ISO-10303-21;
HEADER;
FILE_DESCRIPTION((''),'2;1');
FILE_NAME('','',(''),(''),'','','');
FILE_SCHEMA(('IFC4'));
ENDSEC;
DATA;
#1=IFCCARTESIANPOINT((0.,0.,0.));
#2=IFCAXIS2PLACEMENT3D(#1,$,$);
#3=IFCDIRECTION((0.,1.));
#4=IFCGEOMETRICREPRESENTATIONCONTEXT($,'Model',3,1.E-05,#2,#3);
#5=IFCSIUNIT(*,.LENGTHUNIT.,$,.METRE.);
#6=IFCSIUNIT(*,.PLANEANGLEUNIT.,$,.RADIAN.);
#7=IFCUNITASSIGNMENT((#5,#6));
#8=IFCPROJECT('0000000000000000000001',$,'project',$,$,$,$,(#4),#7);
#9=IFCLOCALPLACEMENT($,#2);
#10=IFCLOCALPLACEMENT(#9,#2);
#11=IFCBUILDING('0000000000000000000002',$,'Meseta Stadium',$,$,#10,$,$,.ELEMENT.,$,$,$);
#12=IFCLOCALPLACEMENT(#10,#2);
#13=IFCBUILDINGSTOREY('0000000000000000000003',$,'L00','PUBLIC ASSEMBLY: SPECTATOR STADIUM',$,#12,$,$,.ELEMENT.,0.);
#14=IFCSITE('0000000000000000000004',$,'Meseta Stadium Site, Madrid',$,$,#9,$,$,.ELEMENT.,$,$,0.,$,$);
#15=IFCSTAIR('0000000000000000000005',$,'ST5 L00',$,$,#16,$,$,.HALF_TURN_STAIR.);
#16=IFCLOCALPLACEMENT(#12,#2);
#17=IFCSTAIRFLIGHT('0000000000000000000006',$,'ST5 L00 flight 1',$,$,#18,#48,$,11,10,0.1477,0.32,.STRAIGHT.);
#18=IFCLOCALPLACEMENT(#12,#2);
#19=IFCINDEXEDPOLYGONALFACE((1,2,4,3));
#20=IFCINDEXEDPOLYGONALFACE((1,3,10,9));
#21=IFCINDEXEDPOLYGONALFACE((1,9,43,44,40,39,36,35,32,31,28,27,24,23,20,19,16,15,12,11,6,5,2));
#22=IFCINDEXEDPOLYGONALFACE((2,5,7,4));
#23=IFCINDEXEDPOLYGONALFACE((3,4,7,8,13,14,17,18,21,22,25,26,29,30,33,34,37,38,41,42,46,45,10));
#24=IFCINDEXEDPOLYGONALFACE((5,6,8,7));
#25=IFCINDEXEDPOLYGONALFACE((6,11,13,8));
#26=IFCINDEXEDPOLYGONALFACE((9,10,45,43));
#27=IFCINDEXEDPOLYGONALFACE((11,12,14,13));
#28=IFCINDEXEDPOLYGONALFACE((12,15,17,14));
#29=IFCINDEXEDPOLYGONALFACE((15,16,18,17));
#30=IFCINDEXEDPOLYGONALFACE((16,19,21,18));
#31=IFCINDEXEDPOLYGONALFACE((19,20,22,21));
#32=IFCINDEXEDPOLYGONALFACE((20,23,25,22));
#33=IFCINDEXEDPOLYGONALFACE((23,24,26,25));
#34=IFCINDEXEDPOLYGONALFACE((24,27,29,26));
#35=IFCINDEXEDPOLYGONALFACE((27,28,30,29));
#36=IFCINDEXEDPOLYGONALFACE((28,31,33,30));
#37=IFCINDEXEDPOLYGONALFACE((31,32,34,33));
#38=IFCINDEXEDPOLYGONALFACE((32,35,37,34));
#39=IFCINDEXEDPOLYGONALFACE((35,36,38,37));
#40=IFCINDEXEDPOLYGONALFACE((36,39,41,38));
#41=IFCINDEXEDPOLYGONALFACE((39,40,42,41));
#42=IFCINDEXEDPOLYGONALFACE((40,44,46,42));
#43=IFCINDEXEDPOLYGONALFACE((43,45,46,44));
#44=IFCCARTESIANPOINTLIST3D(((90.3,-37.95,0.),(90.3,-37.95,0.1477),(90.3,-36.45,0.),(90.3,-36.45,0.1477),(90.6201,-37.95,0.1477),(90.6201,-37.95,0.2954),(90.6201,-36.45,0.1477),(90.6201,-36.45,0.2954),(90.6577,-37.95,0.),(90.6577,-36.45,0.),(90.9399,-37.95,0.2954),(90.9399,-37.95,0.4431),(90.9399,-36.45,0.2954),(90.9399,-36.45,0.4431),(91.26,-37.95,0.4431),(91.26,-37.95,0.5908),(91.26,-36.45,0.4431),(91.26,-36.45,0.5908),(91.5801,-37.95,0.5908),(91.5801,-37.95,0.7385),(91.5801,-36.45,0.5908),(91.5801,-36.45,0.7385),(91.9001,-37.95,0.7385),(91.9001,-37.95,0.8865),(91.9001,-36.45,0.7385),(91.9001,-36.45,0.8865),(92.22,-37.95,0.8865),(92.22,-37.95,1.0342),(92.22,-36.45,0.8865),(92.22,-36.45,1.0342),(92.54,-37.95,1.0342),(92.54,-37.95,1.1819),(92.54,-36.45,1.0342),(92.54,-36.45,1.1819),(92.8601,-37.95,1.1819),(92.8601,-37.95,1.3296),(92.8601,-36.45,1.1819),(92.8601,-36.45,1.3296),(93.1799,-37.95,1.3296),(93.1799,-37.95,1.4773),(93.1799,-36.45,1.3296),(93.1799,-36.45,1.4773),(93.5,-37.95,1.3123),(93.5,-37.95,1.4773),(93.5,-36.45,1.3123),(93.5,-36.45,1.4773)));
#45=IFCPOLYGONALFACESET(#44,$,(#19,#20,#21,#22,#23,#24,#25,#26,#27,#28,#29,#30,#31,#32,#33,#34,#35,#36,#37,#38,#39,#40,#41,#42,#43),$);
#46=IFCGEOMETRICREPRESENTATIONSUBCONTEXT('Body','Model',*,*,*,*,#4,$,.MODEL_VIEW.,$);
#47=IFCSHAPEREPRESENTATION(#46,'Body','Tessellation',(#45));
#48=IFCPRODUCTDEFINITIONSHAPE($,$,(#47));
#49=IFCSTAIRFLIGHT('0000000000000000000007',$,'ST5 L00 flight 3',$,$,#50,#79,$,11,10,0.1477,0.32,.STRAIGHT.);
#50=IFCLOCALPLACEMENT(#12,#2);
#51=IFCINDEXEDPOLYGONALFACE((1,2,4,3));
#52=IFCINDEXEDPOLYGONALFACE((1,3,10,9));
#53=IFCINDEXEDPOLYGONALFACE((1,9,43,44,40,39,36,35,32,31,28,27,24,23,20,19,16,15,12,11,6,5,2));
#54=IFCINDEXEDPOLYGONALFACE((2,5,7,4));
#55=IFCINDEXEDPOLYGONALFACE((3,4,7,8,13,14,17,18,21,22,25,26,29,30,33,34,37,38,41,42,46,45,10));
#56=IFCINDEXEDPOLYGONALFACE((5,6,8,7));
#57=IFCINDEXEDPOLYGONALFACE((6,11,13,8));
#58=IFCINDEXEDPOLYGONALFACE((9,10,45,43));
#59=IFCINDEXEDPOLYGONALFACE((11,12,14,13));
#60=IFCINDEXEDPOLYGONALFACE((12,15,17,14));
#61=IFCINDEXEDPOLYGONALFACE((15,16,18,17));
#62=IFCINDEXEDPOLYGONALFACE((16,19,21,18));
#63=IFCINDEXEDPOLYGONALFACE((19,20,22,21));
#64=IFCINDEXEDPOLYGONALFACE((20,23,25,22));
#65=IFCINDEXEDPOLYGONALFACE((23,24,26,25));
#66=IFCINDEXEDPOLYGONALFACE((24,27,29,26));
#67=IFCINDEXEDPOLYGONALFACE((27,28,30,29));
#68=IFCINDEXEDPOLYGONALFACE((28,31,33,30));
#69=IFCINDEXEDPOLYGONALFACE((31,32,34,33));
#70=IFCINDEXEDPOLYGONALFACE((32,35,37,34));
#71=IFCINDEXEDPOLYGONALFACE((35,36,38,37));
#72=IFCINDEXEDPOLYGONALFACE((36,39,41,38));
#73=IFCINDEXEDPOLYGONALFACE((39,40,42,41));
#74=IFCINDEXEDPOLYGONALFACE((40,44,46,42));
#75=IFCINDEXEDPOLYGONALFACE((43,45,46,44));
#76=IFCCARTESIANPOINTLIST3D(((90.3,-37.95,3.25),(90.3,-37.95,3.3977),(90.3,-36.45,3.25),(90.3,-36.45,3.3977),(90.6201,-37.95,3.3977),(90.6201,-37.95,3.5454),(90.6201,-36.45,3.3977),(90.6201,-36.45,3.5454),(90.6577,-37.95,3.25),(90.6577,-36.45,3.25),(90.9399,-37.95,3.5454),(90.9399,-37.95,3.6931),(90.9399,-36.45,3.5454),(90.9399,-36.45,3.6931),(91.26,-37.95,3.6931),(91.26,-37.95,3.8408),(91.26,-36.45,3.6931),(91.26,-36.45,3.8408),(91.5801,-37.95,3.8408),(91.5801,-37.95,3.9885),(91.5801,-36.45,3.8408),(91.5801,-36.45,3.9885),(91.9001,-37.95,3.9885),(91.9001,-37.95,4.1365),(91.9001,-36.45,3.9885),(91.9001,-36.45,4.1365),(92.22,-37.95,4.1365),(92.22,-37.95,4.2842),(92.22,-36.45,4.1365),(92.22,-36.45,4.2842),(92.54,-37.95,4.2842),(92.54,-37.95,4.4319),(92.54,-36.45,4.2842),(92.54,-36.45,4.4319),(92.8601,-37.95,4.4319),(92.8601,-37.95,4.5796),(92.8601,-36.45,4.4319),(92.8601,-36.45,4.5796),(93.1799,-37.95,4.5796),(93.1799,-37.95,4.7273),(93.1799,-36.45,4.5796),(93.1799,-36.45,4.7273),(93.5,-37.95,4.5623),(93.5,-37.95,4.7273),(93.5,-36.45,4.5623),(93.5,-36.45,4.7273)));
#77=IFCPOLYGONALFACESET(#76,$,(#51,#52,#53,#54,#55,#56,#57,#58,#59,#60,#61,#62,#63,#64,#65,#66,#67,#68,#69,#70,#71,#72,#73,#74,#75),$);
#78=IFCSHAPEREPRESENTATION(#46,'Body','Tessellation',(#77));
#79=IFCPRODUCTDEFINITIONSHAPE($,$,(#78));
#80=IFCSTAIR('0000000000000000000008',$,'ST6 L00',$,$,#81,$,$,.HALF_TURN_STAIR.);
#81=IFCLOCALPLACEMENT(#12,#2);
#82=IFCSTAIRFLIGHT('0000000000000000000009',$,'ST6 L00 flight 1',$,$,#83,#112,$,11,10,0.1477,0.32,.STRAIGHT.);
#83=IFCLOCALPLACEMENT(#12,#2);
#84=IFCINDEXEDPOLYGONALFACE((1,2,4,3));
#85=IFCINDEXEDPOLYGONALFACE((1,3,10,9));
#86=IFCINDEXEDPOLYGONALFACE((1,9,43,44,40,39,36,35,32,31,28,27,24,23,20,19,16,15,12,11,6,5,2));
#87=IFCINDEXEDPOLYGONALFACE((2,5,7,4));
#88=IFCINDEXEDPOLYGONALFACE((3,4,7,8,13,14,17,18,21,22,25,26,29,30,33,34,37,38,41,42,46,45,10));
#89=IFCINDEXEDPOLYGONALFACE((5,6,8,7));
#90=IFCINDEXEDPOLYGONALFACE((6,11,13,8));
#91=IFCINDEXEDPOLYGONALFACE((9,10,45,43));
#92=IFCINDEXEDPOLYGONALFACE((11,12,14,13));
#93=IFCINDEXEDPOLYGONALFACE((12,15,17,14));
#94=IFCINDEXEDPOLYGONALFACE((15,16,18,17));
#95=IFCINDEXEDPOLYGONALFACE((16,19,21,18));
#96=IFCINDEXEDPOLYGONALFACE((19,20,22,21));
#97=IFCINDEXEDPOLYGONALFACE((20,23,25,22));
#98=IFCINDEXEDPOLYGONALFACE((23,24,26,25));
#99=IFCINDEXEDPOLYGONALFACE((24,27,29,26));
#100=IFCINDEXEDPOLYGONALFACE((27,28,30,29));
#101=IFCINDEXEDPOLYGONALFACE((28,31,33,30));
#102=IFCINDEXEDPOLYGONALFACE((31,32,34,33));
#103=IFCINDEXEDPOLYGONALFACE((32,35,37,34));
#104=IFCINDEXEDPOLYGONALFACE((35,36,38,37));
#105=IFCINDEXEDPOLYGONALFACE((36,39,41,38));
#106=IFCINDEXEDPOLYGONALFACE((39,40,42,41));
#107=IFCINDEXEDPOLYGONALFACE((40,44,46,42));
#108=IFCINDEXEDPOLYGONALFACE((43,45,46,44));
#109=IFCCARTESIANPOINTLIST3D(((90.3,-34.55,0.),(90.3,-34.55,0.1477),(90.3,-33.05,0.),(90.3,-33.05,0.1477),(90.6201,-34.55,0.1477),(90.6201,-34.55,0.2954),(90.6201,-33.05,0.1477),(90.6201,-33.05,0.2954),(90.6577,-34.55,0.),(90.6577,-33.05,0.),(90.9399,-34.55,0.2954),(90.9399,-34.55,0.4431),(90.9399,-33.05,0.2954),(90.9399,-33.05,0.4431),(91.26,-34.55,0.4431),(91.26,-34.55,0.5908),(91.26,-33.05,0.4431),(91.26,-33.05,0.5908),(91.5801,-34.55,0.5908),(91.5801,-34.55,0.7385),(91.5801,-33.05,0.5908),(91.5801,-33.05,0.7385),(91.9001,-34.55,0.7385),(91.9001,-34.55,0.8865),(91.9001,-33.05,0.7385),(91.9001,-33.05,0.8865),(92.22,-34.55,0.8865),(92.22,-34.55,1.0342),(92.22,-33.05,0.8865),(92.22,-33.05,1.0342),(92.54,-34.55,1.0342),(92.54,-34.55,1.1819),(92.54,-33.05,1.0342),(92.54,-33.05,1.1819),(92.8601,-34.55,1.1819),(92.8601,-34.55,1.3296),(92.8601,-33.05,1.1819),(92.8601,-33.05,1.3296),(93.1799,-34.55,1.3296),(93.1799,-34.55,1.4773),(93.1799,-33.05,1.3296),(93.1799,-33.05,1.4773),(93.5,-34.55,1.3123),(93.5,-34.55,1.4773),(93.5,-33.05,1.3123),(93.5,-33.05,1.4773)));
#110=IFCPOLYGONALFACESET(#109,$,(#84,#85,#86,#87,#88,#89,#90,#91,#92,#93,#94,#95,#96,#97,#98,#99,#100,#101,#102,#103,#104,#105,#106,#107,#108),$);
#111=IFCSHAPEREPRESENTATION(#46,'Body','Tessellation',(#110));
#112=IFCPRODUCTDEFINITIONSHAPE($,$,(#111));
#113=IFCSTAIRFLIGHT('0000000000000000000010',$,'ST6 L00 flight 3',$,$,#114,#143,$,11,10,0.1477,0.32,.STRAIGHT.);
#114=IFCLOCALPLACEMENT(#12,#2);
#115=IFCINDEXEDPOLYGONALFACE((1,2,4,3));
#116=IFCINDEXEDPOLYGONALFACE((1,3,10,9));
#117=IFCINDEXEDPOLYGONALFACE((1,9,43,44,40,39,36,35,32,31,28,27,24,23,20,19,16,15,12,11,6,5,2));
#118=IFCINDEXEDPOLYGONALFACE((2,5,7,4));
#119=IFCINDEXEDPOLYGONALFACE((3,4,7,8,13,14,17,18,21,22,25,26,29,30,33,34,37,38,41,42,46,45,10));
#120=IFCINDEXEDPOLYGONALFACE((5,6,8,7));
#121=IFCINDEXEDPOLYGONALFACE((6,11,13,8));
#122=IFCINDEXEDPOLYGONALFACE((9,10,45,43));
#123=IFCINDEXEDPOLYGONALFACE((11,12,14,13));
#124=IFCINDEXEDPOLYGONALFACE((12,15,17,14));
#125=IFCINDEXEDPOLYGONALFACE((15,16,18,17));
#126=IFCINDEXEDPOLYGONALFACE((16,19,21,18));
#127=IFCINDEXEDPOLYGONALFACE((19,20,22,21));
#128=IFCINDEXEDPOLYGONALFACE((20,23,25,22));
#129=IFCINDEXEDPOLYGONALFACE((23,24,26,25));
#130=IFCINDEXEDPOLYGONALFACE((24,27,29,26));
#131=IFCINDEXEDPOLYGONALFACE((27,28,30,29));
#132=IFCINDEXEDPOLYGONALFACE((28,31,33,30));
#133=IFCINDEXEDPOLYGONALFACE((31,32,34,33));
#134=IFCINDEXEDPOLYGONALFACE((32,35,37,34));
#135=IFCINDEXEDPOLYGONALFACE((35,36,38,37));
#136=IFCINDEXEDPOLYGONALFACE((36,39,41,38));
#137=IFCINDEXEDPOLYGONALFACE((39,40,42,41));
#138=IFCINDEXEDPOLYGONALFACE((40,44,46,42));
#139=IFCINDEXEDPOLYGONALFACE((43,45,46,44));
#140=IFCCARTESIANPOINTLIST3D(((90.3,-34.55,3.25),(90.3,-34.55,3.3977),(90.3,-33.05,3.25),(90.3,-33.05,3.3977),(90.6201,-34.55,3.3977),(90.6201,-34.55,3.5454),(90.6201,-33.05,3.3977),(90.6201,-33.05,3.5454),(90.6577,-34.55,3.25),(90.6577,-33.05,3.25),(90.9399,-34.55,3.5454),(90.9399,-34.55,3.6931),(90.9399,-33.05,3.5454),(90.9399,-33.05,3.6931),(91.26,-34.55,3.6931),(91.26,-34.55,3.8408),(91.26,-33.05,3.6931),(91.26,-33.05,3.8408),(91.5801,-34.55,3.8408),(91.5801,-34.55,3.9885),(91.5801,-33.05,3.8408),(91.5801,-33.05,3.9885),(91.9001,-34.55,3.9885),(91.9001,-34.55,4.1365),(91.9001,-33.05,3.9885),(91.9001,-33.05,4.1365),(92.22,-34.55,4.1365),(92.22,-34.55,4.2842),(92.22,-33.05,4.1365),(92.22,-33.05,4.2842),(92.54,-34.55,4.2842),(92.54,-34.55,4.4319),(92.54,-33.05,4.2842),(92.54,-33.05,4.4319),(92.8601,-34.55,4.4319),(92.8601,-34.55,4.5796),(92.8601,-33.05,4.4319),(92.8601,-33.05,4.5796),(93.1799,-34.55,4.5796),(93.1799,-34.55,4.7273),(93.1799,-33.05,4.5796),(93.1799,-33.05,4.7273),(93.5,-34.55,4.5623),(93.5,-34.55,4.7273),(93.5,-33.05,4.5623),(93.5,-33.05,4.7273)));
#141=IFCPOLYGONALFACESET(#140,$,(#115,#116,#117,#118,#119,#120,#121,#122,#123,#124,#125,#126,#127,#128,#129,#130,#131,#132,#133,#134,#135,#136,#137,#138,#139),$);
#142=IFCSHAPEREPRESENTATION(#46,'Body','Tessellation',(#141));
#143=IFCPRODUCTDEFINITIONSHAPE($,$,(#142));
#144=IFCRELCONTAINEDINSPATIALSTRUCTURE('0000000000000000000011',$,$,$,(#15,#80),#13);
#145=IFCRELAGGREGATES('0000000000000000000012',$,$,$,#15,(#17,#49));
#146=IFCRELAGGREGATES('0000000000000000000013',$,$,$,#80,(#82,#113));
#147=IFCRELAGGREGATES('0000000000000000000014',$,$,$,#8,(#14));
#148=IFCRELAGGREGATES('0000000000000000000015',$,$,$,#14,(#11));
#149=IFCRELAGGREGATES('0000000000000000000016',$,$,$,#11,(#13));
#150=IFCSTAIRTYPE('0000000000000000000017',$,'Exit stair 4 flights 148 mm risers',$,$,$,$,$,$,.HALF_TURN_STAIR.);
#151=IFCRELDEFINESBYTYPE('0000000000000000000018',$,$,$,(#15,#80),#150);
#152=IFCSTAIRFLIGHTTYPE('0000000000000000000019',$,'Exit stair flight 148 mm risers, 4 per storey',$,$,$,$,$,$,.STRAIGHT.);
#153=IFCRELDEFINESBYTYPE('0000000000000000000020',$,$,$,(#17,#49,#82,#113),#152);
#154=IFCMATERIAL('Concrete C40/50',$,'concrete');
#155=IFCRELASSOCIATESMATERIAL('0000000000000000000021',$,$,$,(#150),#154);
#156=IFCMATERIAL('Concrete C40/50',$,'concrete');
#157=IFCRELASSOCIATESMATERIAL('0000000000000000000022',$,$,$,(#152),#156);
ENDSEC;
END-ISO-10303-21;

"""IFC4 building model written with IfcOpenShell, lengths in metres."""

from ifc_helpers import new_model, si_unit, direction, frame, origin, place, context, subcontext, project, spatial, polyline, outline, extrude, material, type_object, element, aggregate, save


model = new_model("IFC4")

# Units and contexts
model_context = context("Model", 3, precision=1e-05, world=origin(), true_north=direction((0.0, 1.0)))
body_context = subcontext(model_context, "Body", "Model", "MODEL_VIEW")
ifc_project = project(units=[si_unit("LENGTHUNIT", "METRE"), si_unit("PLANEANGLEUNIT", "RADIAN")], contexts=[model_context])

# Site, building, storey
site_placement = place(None, origin())
site = spatial("IfcSite", under=ifc_project, at=site_placement, Name="Meseta Stadium Site, Madrid", CompositionType="ELEMENT", RefElevation=0.0)
building_placement = place(site_placement, origin())
building = spatial("IfcBuilding", under=site, at=building_placement, Name="Meseta Stadium", CompositionType="ELEMENT")
storey_placement = place(building_placement, origin())
storey = spatial("IfcBuildingStorey", under=building, at=storey_placement, Name="L00", Description="PUBLIC ASSEMBLY: SPECTATOR STADIUM", CompositionType="ELEMENT", Elevation=0.0)

# Stairs, stair flights
ifc_material_1 = material(Name="Concrete C40/50", Category="concrete")
stair_type = type_object("IfcStairType", Name="Exit stair 4 flights 148 mm risers", PredefinedType="HALF_TURN_STAIR", material=ifc_material_1)
stair_1_placement = place(storey_placement, origin())
stair_1 = element("IfcStair", 1, at=stair_1_placement, inside=storey, type_object=stair_type, Name="ST5 L00", PredefinedType="HALF_TURN_STAIR")
ifc_material_2 = material(Name="Concrete C40/50", Category="concrete")
stair_flight_type = type_object("IfcStairFlightType", Name="Exit stair flight 148 mm risers, 4 per storey", PredefinedType="STRAIGHT", material=ifc_material_2)
stair_flight_1_placement = place(storey_placement, frame((90.3, -37.2, 0.0), z_axis=(0.0, 0.0, 1.0), x_axis=(1.0, 0.0, 0.0)))
stair_flight_1 = element("IfcStairFlight", 2, at=stair_flight_1_placement, type_object=stair_flight_type, Name="ST5 L00 flight 1", NumberOfRisers=11, NumberOfTreads=10, PredefinedType="STRAIGHT", RiserHeight=0.1477, TreadLength=0.32, context=body_context, shape_type="SweptSolid", body=[
    extrude(outline(polyline([(0.0, 0.0), (0.0, 0.1477), (0.3201, 0.1477), (0.3201, 0.2954), (0.6399, 0.2954), (0.6399, 0.4431), (0.96, 0.4431), (0.96, 0.5908), (1.28, 0.5908), (1.28, 0.7385), (1.6001, 0.7385), (1.6001, 0.8865), (1.9199, 0.8865), (1.9199, 1.0342), (2.24, 1.0342), (2.24, 1.1819), (2.5601, 1.1819), (2.5601, 1.3296), (2.8799, 1.3296), (2.8799, 1.4773), (3.2, 1.4773), (3.2, 1.3123), (0.3577, 0.0), (0.0, 0.0)])), frame((0.0, 0.75, 0.0), z_axis=(0.0, -1.0, 0.0), x_axis=(1.0, 0.0, 0.0)), (0.0, 0.0, 1.0), 1.5),
])
stair_flight_2_placement = place(storey_placement, frame((90.3, -37.2, 3.25), z_axis=(0.0, 0.0, 1.0), x_axis=(1.0, 0.0, 0.0)))
stair_flight_2 = element("IfcStairFlight", 3, at=stair_flight_2_placement, type_object=stair_flight_type, Name="ST5 L00 flight 3", NumberOfRisers=11, NumberOfTreads=10, PredefinedType="STRAIGHT", RiserHeight=0.1477, TreadLength=0.32, context=body_context, shape_type="SweptSolid", body=[
    extrude(outline(polyline([(0.0, 0.0), (0.0, 0.1477), (0.3201, 0.1477), (0.3201, 0.2954), (0.6399, 0.2954), (0.6399, 0.4431), (0.96, 0.4431), (0.96, 0.5908), (1.28, 0.5908), (1.28, 0.7385), (1.6001, 0.7385), (1.6001, 0.8865), (1.9199, 0.8865), (1.9199, 1.0342), (2.24, 1.0342), (2.24, 1.1819), (2.5601, 1.1819), (2.5601, 1.3296), (2.8799, 1.3296), (2.8799, 1.4773), (3.2, 1.4773), (3.2, 1.3123), (0.3577, 0.0), (0.0, 0.0)])), frame((0.0, 0.75, 0.0), z_axis=(0.0, -1.0, 0.0), x_axis=(1.0, 0.0, 0.0)), (0.0, 0.0, 1.0), 1.5),
])
aggregate(stair_1, [stair_flight_1, stair_flight_2])
stair_2_placement = place(storey_placement, origin())
stair_2 = element("IfcStair", 4, at=stair_2_placement, inside=storey, type_object=stair_type, Name="ST6 L00", PredefinedType="HALF_TURN_STAIR")
stair_flight_3_placement = place(storey_placement, frame((90.3, -33.8, 0.0), z_axis=(0.0, 0.0, 1.0), x_axis=(1.0, 0.0, 0.0)))
stair_flight_3 = element("IfcStairFlight", 5, at=stair_flight_3_placement, type_object=stair_flight_type, Name="ST6 L00 flight 1", NumberOfRisers=11, NumberOfTreads=10, PredefinedType="STRAIGHT", RiserHeight=0.1477, TreadLength=0.32, context=body_context, shape_type="SweptSolid", body=[
    extrude(outline(polyline([(0.0, 0.0), (0.0, 0.1477), (0.3201, 0.1477), (0.3201, 0.2954), (0.6399, 0.2954), (0.6399, 0.4431), (0.96, 0.4431), (0.96, 0.5908), (1.28, 0.5908), (1.28, 0.7385), (1.6001, 0.7385), (1.6001, 0.8865), (1.9199, 0.8865), (1.9199, 1.0342), (2.24, 1.0342), (2.24, 1.1819), (2.5601, 1.1819), (2.5601, 1.3296), (2.8799, 1.3296), (2.8799, 1.4773), (3.2, 1.4773), (3.2, 1.3123), (0.3577, 0.0), (0.0, 0.0)])), frame((0.0, 0.75, 0.0), z_axis=(0.0, -1.0, 0.0), x_axis=(1.0, 0.0, 0.0)), (0.0, 0.0, 1.0), 1.5),
])
stair_flight_4_placement = place(storey_placement, frame((90.3, -33.8, 3.25), z_axis=(0.0, 0.0, 1.0), x_axis=(1.0, 0.0, 0.0)))
stair_flight_4 = element("IfcStairFlight", 6, at=stair_flight_4_placement, type_object=stair_flight_type, Name="ST6 L00 flight 3", NumberOfRisers=11, NumberOfTreads=10, PredefinedType="STRAIGHT", RiserHeight=0.1477, TreadLength=0.32, context=body_context, shape_type="SweptSolid", body=[
    extrude(outline(polyline([(0.0, 0.0), (0.0, 0.1477), (0.3201, 0.1477), (0.3201, 0.2954), (0.6399, 0.2954), (0.6399, 0.4431), (0.96, 0.4431), (0.96, 0.5908), (1.28, 0.5908), (1.28, 0.7385), (1.6001, 0.7385), (1.6001, 0.8865), (1.9199, 0.8865), (1.9199, 1.0342), (2.24, 1.0342), (2.24, 1.1819), (2.5601, 1.1819), (2.5601, 1.3296), (2.8799, 1.3296), (2.8799, 1.4773), (3.2, 1.4773), (3.2, 1.3123), (0.3577, 0.0), (0.0, 0.0)])), frame((0.0, 0.75, 0.0), z_axis=(0.0, -1.0, 0.0), x_axis=(1.0, 0.0, 0.0)), (0.0, 0.0, 1.0), 1.5),
])
aggregate(stair_2, [stair_flight_3, stair_flight_4])

save(model, "model.ifc")
